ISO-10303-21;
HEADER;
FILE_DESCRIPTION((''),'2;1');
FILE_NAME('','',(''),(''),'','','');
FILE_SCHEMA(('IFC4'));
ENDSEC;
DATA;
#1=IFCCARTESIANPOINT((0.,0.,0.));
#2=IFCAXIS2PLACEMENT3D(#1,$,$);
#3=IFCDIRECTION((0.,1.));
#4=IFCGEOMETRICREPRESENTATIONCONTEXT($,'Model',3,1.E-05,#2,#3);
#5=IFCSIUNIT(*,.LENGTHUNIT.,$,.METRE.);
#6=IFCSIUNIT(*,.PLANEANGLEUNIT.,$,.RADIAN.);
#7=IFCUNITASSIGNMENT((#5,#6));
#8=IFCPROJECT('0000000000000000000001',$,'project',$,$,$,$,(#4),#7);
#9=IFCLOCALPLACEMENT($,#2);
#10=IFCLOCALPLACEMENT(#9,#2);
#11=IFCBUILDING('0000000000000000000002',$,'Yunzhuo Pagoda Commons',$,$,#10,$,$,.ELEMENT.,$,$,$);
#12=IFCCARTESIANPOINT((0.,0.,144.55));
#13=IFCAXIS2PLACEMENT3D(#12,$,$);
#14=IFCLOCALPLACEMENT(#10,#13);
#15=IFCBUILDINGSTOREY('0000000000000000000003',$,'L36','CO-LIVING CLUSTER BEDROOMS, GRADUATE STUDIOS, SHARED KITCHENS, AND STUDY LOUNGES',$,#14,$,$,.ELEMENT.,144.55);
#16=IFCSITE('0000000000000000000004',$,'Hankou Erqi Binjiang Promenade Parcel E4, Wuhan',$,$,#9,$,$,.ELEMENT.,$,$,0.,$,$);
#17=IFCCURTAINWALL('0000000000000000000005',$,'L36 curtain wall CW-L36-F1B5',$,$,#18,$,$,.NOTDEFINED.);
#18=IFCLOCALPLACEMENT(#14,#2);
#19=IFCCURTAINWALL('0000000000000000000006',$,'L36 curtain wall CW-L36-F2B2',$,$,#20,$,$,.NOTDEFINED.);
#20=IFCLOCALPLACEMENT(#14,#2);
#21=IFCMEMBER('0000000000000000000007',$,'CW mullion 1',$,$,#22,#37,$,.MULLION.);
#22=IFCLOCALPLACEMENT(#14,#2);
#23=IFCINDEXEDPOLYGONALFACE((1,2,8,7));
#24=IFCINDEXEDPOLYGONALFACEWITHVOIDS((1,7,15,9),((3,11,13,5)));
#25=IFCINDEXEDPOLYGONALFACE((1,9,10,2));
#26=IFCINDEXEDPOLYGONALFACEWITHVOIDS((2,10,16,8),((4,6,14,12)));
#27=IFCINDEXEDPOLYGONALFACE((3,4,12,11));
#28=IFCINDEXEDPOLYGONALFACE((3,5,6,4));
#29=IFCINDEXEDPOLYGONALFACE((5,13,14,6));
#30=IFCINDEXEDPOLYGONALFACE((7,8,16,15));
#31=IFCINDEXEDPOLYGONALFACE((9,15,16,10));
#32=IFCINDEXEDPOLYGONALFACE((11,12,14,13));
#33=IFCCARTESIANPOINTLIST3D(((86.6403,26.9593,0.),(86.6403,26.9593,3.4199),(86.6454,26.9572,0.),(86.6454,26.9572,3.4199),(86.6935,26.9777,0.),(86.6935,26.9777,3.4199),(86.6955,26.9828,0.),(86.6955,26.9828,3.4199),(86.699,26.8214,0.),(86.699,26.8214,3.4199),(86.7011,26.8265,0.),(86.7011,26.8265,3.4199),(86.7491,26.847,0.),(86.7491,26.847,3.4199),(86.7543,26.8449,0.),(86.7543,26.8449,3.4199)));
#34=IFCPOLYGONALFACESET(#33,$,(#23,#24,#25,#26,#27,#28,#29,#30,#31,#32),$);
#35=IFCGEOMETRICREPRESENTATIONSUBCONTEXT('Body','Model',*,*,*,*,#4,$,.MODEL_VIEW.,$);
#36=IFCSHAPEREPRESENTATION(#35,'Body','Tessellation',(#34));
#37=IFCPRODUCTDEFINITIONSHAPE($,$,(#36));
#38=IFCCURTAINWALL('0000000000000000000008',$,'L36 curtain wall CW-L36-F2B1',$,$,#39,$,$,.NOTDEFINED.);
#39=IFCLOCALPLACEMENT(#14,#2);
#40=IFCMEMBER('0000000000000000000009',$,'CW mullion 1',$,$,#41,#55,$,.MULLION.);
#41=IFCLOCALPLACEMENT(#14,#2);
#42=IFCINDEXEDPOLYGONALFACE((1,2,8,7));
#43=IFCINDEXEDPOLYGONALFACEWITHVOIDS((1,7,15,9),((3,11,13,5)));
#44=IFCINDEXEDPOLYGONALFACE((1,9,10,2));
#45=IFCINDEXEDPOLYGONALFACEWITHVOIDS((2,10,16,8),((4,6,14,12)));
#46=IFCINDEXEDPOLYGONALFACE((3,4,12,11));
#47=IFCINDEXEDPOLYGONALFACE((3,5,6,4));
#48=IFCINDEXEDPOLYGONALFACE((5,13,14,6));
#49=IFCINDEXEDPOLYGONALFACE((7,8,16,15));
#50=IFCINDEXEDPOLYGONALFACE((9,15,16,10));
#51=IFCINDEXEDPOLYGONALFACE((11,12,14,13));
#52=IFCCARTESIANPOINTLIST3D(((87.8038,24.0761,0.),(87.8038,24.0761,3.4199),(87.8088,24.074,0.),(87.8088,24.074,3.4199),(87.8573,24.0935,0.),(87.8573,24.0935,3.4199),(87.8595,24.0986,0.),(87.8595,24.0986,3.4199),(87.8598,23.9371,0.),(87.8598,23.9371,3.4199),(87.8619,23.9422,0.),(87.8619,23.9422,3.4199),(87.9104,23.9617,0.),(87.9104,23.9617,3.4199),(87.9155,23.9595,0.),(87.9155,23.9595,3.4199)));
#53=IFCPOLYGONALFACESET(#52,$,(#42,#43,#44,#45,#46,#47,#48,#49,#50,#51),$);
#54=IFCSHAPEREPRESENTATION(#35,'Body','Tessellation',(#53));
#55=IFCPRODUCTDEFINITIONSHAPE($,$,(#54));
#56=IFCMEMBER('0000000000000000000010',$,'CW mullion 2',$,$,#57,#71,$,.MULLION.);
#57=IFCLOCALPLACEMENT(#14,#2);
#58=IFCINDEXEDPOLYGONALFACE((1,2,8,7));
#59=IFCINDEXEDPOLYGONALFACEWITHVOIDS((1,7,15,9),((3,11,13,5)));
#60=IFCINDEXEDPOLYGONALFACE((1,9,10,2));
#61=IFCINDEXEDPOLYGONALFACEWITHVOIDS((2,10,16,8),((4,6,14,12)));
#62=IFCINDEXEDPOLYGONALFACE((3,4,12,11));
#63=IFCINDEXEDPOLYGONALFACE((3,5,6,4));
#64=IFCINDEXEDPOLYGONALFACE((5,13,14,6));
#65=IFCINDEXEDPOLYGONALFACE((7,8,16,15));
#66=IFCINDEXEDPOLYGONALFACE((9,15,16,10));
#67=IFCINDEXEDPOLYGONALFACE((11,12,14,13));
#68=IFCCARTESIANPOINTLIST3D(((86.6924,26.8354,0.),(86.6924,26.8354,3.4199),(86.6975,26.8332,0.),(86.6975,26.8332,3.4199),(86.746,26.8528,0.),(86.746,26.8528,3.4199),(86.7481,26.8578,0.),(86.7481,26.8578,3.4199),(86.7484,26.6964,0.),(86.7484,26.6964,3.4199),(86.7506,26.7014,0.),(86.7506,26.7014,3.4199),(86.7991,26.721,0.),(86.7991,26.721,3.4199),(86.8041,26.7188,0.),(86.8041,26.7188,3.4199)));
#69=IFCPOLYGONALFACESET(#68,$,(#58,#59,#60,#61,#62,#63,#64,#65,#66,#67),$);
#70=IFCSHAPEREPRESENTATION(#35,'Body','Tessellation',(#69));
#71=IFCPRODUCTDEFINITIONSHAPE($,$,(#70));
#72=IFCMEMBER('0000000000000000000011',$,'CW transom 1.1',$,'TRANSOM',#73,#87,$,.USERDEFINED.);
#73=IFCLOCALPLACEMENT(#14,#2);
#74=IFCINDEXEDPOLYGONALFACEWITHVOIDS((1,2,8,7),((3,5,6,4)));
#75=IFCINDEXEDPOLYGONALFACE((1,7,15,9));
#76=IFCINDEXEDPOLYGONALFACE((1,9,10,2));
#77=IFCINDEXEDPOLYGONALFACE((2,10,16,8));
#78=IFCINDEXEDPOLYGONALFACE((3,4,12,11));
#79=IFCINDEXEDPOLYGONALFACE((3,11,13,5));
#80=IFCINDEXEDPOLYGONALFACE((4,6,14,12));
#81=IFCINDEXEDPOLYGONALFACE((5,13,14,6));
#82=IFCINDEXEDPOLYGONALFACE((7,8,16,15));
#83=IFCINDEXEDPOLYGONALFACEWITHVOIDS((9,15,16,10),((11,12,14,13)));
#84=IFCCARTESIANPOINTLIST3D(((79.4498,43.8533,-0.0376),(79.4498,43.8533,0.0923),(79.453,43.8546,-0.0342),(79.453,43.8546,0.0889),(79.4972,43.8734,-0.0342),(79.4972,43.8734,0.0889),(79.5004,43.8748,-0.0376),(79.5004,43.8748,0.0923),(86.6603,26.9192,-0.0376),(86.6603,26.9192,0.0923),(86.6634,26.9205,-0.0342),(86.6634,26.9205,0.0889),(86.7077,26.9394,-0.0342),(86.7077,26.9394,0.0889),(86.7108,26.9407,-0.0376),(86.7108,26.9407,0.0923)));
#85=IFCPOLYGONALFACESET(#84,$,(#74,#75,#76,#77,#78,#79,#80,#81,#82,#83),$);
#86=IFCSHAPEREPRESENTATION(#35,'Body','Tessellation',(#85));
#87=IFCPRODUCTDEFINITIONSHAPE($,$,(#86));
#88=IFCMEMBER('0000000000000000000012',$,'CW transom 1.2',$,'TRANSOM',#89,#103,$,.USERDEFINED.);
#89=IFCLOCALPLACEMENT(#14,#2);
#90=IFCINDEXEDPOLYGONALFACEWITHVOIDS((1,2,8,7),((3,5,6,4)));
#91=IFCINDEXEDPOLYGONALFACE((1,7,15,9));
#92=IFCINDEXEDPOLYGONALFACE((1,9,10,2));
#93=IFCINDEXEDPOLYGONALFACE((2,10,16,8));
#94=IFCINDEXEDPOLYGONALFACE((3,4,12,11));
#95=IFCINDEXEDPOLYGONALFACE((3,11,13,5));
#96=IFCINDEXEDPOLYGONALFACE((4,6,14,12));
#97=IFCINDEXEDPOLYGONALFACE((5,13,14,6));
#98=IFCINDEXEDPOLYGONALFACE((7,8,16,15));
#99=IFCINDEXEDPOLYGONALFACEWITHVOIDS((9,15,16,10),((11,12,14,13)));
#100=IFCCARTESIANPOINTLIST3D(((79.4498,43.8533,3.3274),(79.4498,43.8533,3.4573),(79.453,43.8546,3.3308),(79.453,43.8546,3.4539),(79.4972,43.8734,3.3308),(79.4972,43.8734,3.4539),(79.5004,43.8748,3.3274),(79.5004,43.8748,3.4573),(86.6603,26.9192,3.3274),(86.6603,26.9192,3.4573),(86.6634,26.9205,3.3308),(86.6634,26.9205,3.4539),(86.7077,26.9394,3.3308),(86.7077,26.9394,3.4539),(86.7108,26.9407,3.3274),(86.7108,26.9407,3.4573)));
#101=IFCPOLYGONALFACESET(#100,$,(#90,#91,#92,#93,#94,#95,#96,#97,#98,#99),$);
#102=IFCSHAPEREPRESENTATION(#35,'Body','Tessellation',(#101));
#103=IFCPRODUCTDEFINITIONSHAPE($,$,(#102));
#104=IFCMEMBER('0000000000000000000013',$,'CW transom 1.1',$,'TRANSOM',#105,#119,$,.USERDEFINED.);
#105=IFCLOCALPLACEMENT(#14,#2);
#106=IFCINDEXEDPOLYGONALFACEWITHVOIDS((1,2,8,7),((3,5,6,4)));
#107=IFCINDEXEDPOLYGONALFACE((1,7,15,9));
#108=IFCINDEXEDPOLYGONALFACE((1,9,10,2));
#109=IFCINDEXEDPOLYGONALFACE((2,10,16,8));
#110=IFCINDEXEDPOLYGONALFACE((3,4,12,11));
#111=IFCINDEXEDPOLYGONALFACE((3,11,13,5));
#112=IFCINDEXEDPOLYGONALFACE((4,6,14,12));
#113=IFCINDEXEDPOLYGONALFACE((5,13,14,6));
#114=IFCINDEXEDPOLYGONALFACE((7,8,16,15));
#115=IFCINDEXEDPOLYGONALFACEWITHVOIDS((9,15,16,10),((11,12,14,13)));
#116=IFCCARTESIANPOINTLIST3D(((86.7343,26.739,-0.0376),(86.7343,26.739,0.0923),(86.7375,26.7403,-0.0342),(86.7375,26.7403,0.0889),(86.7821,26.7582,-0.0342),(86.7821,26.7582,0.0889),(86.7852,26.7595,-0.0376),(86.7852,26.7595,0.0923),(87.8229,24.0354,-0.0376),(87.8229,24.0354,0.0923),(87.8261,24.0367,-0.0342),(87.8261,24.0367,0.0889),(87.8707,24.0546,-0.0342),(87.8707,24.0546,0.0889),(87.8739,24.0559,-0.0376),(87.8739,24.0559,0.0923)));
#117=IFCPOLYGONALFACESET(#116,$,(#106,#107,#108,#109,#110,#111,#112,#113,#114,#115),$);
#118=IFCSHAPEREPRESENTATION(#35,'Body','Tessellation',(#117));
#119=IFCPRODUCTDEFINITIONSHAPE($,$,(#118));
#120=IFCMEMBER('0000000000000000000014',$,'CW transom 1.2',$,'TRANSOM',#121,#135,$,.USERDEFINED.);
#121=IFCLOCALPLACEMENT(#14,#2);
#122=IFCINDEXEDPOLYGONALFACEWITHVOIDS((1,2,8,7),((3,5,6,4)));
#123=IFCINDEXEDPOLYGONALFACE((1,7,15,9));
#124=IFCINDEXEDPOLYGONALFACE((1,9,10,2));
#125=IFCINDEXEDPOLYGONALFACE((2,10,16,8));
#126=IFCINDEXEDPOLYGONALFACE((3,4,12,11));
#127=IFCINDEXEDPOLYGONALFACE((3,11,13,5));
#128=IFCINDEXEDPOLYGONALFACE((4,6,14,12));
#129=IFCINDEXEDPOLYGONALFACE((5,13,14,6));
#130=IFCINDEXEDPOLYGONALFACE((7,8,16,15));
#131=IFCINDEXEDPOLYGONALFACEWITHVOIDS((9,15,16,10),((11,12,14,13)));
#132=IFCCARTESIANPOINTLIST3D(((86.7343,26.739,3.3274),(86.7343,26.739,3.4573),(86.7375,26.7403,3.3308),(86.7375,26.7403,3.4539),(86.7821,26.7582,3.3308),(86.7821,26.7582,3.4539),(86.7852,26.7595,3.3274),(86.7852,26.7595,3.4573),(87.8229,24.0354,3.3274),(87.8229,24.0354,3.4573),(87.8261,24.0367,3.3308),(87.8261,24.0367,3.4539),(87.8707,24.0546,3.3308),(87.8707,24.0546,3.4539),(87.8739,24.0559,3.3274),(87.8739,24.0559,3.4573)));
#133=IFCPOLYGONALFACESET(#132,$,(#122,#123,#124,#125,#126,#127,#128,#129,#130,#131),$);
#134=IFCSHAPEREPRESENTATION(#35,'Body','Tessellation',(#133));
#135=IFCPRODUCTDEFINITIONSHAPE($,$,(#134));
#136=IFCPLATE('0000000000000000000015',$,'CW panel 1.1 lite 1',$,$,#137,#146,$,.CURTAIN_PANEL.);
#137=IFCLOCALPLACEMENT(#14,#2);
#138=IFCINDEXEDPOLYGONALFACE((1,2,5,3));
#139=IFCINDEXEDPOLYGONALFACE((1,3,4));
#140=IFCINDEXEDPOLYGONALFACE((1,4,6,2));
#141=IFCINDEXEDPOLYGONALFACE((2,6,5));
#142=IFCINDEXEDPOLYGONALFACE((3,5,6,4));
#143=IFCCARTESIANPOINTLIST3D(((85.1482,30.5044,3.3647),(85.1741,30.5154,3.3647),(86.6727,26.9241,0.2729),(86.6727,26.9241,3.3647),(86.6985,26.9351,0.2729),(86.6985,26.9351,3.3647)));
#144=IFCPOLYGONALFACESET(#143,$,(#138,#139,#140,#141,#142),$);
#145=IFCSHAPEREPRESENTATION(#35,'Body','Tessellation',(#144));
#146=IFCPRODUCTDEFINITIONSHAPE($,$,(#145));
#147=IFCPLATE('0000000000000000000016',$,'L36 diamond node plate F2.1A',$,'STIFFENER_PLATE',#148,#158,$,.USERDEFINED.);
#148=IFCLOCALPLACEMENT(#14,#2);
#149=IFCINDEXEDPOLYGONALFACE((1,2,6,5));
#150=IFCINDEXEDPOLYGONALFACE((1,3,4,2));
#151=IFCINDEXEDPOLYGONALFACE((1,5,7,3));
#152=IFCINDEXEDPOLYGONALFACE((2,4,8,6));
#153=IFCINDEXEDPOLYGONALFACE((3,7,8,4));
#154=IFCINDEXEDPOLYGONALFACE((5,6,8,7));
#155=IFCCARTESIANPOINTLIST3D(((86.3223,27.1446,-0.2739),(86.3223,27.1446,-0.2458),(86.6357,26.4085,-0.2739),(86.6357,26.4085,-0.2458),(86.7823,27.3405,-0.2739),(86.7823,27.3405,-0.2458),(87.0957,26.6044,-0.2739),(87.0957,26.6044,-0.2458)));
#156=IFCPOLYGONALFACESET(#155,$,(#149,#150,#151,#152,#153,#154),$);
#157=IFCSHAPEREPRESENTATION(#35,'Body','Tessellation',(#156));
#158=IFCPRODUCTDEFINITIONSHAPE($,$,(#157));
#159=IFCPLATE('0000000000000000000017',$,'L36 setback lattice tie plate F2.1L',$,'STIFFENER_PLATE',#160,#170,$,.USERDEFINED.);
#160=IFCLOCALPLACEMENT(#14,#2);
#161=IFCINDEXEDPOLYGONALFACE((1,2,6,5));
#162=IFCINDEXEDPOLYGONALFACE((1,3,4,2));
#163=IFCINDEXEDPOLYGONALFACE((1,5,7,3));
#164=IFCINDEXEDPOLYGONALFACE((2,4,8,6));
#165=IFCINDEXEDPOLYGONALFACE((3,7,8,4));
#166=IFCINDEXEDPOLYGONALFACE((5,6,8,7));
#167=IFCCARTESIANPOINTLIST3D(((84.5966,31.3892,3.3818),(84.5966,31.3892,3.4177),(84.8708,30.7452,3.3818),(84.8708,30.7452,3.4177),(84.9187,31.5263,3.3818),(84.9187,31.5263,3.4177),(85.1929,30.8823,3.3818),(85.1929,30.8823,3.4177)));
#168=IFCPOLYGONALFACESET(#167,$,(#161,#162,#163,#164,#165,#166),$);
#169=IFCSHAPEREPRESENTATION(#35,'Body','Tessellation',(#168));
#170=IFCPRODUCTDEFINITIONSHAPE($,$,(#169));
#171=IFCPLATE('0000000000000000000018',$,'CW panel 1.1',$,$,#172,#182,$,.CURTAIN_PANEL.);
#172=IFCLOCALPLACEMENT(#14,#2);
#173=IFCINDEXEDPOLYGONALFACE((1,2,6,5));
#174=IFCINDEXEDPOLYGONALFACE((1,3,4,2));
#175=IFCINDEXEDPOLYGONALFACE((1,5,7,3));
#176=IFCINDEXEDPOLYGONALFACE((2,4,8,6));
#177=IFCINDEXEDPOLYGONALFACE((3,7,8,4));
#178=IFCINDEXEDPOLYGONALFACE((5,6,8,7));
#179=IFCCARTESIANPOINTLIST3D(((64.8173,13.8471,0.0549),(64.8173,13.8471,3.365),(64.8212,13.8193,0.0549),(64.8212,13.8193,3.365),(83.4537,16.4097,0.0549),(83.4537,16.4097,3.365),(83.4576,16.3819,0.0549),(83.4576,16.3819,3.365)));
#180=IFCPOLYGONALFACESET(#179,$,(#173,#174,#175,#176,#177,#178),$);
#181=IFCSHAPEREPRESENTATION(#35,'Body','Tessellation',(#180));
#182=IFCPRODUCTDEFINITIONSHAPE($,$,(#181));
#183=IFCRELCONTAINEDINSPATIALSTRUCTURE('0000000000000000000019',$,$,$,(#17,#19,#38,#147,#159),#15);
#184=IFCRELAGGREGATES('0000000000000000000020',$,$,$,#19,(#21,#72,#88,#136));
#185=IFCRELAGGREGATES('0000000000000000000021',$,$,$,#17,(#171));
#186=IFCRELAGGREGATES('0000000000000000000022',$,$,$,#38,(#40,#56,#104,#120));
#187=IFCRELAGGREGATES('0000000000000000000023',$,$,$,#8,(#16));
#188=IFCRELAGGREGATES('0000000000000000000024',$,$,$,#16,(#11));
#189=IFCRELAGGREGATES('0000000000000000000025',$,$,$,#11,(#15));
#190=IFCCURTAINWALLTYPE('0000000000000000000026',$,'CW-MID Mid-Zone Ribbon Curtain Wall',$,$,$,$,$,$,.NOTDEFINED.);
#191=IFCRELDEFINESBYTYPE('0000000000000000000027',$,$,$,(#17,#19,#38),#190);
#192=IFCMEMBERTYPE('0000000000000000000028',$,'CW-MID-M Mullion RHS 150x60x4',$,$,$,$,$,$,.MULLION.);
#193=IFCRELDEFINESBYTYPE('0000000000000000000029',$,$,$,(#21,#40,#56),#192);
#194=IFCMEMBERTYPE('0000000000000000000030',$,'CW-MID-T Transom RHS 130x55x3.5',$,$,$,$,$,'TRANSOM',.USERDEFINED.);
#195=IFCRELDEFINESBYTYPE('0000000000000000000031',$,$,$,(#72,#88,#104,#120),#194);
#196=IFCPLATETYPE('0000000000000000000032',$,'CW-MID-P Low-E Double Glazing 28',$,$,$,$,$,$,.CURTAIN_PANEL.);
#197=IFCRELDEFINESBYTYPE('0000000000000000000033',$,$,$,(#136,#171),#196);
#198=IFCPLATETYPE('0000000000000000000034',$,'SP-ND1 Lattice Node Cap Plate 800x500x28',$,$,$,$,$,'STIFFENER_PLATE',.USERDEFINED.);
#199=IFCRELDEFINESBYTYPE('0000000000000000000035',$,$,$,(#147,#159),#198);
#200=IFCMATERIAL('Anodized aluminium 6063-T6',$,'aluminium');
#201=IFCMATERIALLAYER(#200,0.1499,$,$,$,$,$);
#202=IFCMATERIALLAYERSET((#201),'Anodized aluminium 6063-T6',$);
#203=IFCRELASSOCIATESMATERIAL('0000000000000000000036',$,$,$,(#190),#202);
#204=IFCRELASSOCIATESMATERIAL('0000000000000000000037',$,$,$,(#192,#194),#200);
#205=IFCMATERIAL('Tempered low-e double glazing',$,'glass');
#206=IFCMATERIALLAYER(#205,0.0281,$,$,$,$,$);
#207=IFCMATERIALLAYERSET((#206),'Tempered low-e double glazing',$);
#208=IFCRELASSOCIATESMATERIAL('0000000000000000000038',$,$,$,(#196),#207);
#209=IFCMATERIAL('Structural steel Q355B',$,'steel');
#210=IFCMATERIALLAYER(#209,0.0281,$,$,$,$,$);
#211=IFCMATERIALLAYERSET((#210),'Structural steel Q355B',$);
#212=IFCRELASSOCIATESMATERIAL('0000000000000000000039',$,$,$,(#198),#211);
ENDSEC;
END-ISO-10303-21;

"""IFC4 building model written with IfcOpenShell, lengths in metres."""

from ifc_helpers import new_model, si_unit, direction, frame, origin, origin_2d, place, context, subcontext, project, spatial, polyline, rectangle, hollow_rectangle, outline, extrude, source, transform, mapped, material, layer, layer_set, material_profile, profile_set, type_object, element, aggregate, save


model = new_model("IFC4")

# Units and contexts
model_context = context("Model", 3, precision=1e-05, world=origin(), true_north=direction((0.0, 1.0)))
body_context = subcontext(model_context, "Body", "Model", "MODEL_VIEW")
ifc_project = project(units=[si_unit("LENGTHUNIT", "METRE"), si_unit("PLANEANGLEUNIT", "RADIAN")], contexts=[model_context])

# Site, building, storey
site_placement = place(None, origin())
site = spatial("IfcSite", under=ifc_project, at=site_placement, Name="Hankou Erqi Binjiang Promenade Parcel E4, Wuhan", CompositionType="ELEMENT", RefElevation=0.0)
building_placement = place(site_placement, origin())
building = spatial("IfcBuilding", under=site, at=building_placement, Name="Yunzhuo Pagoda Commons", CompositionType="ELEMENT")
storey_placement = place(building_placement, frame((0.0, 0.0, 144.55)))
storey = spatial("IfcBuildingStorey", under=building, at=storey_placement, Name="L36", Description="CO-LIVING CLUSTER BEDROOMS, GRADUATE STUDIOS, SHARED KITCHENS, AND STUDY LOUNGES", CompositionType="ELEMENT", Elevation=144.55)

# Shared definitions
ifc_material_1 = material(Name="Structural steel Q355B", Category="steel")

# Curtain walls, member
ifc_material_2 = material(Name="Anodized aluminium 6063-T6", Category="aluminium")
ifc_layer_1 = layer(ifc_material_2, 0.1499)
ifc_layer_set_1 = layer_set([ifc_layer_1], Name="Anodized aluminium 6063-T6")
curtain_wall_type = type_object("IfcCurtainWallType", Name="CW-MID Mid-Zone Ribbon Curtain Wall", PredefinedType="NOTDEFINED", material=ifc_layer_set_1)
curtain_wall_1_placement = place(storey_placement, origin())
curtain_wall_1 = element("IfcCurtainWall", 1, at=curtain_wall_1_placement, inside=storey, type_object=curtain_wall_type, Name="L36 curtain wall CW-L36-F1B5", PredefinedType="NOTDEFINED")
ifc_material_profile_1 = material_profile(ifc_material_2, hollow_rectangle(XDim=0.0601, YDim=0.1499, WallThickness=0.0039, at=origin_2d()), Name="Anodized aluminium 6063-T6")
ifc_profile_set_1 = profile_set([ifc_material_profile_1], Name="Anodized aluminium 6063-T6")
member_type_1 = type_object("IfcMemberType", Name="CW-MID-M Mullion RHS 150x60x4", PredefinedType="MULLION", material=ifc_profile_set_1)
shared_shape_1 = source(origin(), body_context, "Body", "SweptSolid", [
    extrude(hollow_rectangle(XDim=0.0601, YDim=0.1499, WallThickness=0.0039, at=origin_2d()), origin(), (0.0, 0.0, 1.0), 3.4199),
])
curtain_wall_2_placement = place(storey_placement, origin())
curtain_wall_2 = element("IfcCurtainWall", 2, at=curtain_wall_2_placement, inside=storey, type_object=curtain_wall_type, Name="L36 curtain wall CW-L36-F2B2", PredefinedType="NOTDEFINED")
member_1_placement = place(storey_placement, frame((86.6973, 26.9021, 0.0), z_axis=(0.0, 0.0, 1.0), x_axis=(-0.920072, -0.391749, 0.0)))
member_1 = element("IfcMember", 3, at=member_1_placement, type_object=member_type_1, Name="CW mullion 1", PredefinedType="MULLION", context=body_context, shape_type="MappedRepresentation", body=[
    mapped(shared_shape_1, transform((0.0, 0.0, 0.0), scale=1.0)),
])

# Curtain wall, members
curtain_wall_3_placement = place(storey_placement, origin())
curtain_wall_3 = element("IfcCurtainWall", 4, at=curtain_wall_3_placement, inside=storey, type_object=curtain_wall_type, Name="L36 curtain wall CW-L36-F2B1", PredefinedType="NOTDEFINED")
member_2_placement = place(storey_placement, frame((87.8596, 24.0178, 0.0), z_axis=(0.0, 0.0, 1.0), x_axis=(-0.927583, -0.373617, 0.0)))
member_2 = element("IfcMember", 5, at=member_2_placement, type_object=member_type_1, Name="CW mullion 1", PredefinedType="MULLION", context=body_context, shape_type="MappedRepresentation", body=[
    mapped(shared_shape_1, transform((0.0, 0.0, 0.0), scale=1.0)),
])
member_3_placement = place(storey_placement, frame((86.7483, 26.7771, 0.0), z_axis=(0.0, 0.0, 1.0), x_axis=(-0.927583, -0.373617, 0.0)))
member_3 = element("IfcMember", 6, at=member_3_placement, type_object=member_type_1, Name="CW mullion 2", PredefinedType="MULLION", context=body_context, shape_type="MappedRepresentation", body=[
    mapped(shared_shape_1, transform((0.0, 0.0, 0.0), scale=1.0)),
])

# Members
ifc_material_profile_2 = material_profile(ifc_material_2, hollow_rectangle(XDim=0.0549, YDim=0.1299, WallThickness=0.0034, at=origin_2d()), Name="Anodized aluminium 6063-T6")
ifc_profile_set_2 = profile_set([ifc_material_profile_2], Name="Anodized aluminium 6063-T6")
member_type_2 = type_object("IfcMemberType", Name="CW-MID-T Transom RHS 130x55x3.5", ElementType="TRANSOM", PredefinedType="USERDEFINED", material=ifc_profile_set_2)
shared_shape_2 = source(origin(), body_context, "Body", "SweptSolid", [
    extrude(hollow_rectangle(XDim=0.0549, YDim=0.1299, WallThickness=0.0034, at=origin_2d()), origin(), (0.0, 0.0, 1.0), 18.4053),
])
member_4_placement = place(storey_placement, frame((86.6855, 26.9299, 0.0273), z_axis=(-0.39176, 0.920067, 0.0), x_axis=(-0.920067, -0.39176, 0.0)))
member_4 = element("IfcMember", 7, at=member_4_placement, type_object=member_type_2, Name="CW transom 1.1", ObjectType="TRANSOM", PredefinedType="USERDEFINED", context=body_context, shape_type="MappedRepresentation", body=[
    mapped(shared_shape_2, transform((0.0, 0.0, 0.0), scale=1.0)),
])
member_5_placement = place(storey_placement, frame((86.6855, 26.9299, 3.3923), z_axis=(-0.39176, 0.920067, 0.0), x_axis=(-0.920067, -0.39176, 0.0)))
member_5 = element("IfcMember", 8, at=member_5_placement, type_object=member_type_2, Name="CW transom 1.2", ObjectType="TRANSOM", PredefinedType="USERDEFINED", context=body_context, shape_type="MappedRepresentation", body=[
    mapped(shared_shape_2, transform((0.0, 0.0, 0.0), scale=1.0)),
])
shared_shape_3 = source(origin(), body_context, "Body", "SweptSolid", [
    extrude(hollow_rectangle(XDim=0.0549, YDim=0.1299, WallThickness=0.0034, at=origin_2d()), origin(), (0.0, 0.0, 1.0), 2.9146),
])
member_6_placement = place(storey_placement, frame((87.8484, 24.0457, 0.0273), z_axis=(-0.373513, 0.927625, 0.0), x_axis=(-0.927625, -0.373513, 0.0)))
member_6 = element("IfcMember", 9, at=member_6_placement, type_object=member_type_2, Name="CW transom 1.1", ObjectType="TRANSOM", PredefinedType="USERDEFINED", context=body_context, shape_type="MappedRepresentation", body=[
    mapped(shared_shape_3, transform((0.0, 0.0, 0.0), scale=1.0)),
])
member_7_placement = place(storey_placement, frame((87.8484, 24.0457, 3.3923), z_axis=(-0.373513, 0.927625, 0.0), x_axis=(-0.927625, -0.373513, 0.0)))
member_7 = element("IfcMember", 10, at=member_7_placement, type_object=member_type_2, Name="CW transom 1.2", ObjectType="TRANSOM", PredefinedType="USERDEFINED", context=body_context, shape_type="MappedRepresentation", body=[
    mapped(shared_shape_3, transform((0.0, 0.0, 0.0), scale=1.0)),
])

# Plate
ifc_material_3 = material(Name="Tempered low-e double glazing", Category="glass")
ifc_layer_2 = layer(ifc_material_3, 0.0281)
ifc_layer_set_2 = layer_set([ifc_layer_2], Name="Tempered low-e double glazing")
plate_type_1 = type_object("IfcPlateType", Name="CW-MID-P Low-E Double Glazing 28", PredefinedType="CURTAIN_PANEL", material=ifc_layer_set_2)
plate_1_placement = place(storey_placement, frame((85.9104, 28.7144, 1.8188), z_axis=(0.920072, 0.391749, 0.0), x_axis=(-0.391749, 0.920072, 0.0)))
plate_1 = element("IfcPlate", 11, at=plate_1_placement, type_object=plate_type_1, Name="CW panel 1.1 lite 1", PredefinedType="CURTAIN_PANEL", context=body_context, shape_type="SweptSolid", body=[
    extrude(outline(polyline([(-1.9458, -1.5459), (1.9456, 1.5459), (-1.9458, 1.5459), (-1.9458, -1.5459)])), origin(), (0.0, 0.0, 1.0), 0.0281),
])
aggregate(curtain_wall_2, [member_1, member_4, member_5, plate_1])

# Plates
ifc_layer_3 = layer(ifc_material_1, 0.0281)
ifc_layer_set_3 = layer_set([ifc_layer_3], Name="Structural steel Q355B")
plate_type_2 = type_object("IfcPlateType", Name="SP-ND1 Lattice Node Cap Plate 800x500x28", ElementType="STIFFENER_PLATE", PredefinedType="USERDEFINED", material=ifc_layer_set_3)
shared_shape_4 = source(origin(), body_context, "Body", "SweptSolid", [
    extrude(rectangle(XDim=0.8, YDim=0.5, at=origin_2d()), origin(), (0.0, 0.0, 1.0), 0.0281),
])
plate_2_placement = place(storey_placement, frame((86.709, 26.8745, -0.2739), z_axis=(0.0, 0.0, 1.0), x_axis=(-0.391743, 0.920075, 0.0)))
element("IfcPlate", 12, at=plate_2_placement, inside=storey, type_object=plate_type_2, Name="L36 diamond node plate F2.1A", ObjectType="STIFFENER_PLATE", PredefinedType="USERDEFINED", context=body_context, shape_type="MappedRepresentation", body=[
    mapped(shared_shape_4, transform((0.0, 0.0, 0.0), scale=1.0)),
])
shared_shape_5 = source(origin(), body_context, "Body", "SweptSolid", [
    extrude(rectangle(XDim=0.7, YDim=0.3501, at=origin_2d()), origin(), (0.0, 0.0, 1.0), 0.0359),
])
plate_3_placement = place(storey_placement, frame((84.8948, 31.1357, 3.3818), z_axis=(0.0, 0.0, 1.0), x_axis=(-0.391743, 0.920075, 0.0)))
element("IfcPlate", 13, at=plate_3_placement, inside=storey, type_object=plate_type_2, Name="L36 setback lattice tie plate F2.1L", ObjectType="STIFFENER_PLATE", PredefinedType="USERDEFINED", context=body_context, shape_type="MappedRepresentation", body=[
    mapped(shared_shape_5, transform((0.0, 0.0, 0.0), scale=1.0)),
])

# Plate
shared_shape_6 = source(origin(), body_context, "Body", "SweptSolid", [
    extrude(rectangle(XDim=18.8118, YDim=0.0281, at=origin_2d()), origin(), (0.0, 0.0, 1.0), 3.3101),
])
plate_4_placement = place(storey_placement, frame((74.1375, 15.1145, 0.0549), z_axis=(0.0, 0.0, 1.0), x_axis=(0.990679, 0.136221, 0.0)))
plate_4 = element("IfcPlate", 14, at=plate_4_placement, type_object=plate_type_1, Name="CW panel 1.1", PredefinedType="CURTAIN_PANEL", context=body_context, shape_type="MappedRepresentation", body=[
    mapped(shared_shape_6, transform((0.0, 0.0, 0.0), scale=1.0)),
])
aggregate(curtain_wall_1, [plate_4])
aggregate(curtain_wall_3, [member_2, member_3, member_6, member_7])

save(model, "model.ifc")
